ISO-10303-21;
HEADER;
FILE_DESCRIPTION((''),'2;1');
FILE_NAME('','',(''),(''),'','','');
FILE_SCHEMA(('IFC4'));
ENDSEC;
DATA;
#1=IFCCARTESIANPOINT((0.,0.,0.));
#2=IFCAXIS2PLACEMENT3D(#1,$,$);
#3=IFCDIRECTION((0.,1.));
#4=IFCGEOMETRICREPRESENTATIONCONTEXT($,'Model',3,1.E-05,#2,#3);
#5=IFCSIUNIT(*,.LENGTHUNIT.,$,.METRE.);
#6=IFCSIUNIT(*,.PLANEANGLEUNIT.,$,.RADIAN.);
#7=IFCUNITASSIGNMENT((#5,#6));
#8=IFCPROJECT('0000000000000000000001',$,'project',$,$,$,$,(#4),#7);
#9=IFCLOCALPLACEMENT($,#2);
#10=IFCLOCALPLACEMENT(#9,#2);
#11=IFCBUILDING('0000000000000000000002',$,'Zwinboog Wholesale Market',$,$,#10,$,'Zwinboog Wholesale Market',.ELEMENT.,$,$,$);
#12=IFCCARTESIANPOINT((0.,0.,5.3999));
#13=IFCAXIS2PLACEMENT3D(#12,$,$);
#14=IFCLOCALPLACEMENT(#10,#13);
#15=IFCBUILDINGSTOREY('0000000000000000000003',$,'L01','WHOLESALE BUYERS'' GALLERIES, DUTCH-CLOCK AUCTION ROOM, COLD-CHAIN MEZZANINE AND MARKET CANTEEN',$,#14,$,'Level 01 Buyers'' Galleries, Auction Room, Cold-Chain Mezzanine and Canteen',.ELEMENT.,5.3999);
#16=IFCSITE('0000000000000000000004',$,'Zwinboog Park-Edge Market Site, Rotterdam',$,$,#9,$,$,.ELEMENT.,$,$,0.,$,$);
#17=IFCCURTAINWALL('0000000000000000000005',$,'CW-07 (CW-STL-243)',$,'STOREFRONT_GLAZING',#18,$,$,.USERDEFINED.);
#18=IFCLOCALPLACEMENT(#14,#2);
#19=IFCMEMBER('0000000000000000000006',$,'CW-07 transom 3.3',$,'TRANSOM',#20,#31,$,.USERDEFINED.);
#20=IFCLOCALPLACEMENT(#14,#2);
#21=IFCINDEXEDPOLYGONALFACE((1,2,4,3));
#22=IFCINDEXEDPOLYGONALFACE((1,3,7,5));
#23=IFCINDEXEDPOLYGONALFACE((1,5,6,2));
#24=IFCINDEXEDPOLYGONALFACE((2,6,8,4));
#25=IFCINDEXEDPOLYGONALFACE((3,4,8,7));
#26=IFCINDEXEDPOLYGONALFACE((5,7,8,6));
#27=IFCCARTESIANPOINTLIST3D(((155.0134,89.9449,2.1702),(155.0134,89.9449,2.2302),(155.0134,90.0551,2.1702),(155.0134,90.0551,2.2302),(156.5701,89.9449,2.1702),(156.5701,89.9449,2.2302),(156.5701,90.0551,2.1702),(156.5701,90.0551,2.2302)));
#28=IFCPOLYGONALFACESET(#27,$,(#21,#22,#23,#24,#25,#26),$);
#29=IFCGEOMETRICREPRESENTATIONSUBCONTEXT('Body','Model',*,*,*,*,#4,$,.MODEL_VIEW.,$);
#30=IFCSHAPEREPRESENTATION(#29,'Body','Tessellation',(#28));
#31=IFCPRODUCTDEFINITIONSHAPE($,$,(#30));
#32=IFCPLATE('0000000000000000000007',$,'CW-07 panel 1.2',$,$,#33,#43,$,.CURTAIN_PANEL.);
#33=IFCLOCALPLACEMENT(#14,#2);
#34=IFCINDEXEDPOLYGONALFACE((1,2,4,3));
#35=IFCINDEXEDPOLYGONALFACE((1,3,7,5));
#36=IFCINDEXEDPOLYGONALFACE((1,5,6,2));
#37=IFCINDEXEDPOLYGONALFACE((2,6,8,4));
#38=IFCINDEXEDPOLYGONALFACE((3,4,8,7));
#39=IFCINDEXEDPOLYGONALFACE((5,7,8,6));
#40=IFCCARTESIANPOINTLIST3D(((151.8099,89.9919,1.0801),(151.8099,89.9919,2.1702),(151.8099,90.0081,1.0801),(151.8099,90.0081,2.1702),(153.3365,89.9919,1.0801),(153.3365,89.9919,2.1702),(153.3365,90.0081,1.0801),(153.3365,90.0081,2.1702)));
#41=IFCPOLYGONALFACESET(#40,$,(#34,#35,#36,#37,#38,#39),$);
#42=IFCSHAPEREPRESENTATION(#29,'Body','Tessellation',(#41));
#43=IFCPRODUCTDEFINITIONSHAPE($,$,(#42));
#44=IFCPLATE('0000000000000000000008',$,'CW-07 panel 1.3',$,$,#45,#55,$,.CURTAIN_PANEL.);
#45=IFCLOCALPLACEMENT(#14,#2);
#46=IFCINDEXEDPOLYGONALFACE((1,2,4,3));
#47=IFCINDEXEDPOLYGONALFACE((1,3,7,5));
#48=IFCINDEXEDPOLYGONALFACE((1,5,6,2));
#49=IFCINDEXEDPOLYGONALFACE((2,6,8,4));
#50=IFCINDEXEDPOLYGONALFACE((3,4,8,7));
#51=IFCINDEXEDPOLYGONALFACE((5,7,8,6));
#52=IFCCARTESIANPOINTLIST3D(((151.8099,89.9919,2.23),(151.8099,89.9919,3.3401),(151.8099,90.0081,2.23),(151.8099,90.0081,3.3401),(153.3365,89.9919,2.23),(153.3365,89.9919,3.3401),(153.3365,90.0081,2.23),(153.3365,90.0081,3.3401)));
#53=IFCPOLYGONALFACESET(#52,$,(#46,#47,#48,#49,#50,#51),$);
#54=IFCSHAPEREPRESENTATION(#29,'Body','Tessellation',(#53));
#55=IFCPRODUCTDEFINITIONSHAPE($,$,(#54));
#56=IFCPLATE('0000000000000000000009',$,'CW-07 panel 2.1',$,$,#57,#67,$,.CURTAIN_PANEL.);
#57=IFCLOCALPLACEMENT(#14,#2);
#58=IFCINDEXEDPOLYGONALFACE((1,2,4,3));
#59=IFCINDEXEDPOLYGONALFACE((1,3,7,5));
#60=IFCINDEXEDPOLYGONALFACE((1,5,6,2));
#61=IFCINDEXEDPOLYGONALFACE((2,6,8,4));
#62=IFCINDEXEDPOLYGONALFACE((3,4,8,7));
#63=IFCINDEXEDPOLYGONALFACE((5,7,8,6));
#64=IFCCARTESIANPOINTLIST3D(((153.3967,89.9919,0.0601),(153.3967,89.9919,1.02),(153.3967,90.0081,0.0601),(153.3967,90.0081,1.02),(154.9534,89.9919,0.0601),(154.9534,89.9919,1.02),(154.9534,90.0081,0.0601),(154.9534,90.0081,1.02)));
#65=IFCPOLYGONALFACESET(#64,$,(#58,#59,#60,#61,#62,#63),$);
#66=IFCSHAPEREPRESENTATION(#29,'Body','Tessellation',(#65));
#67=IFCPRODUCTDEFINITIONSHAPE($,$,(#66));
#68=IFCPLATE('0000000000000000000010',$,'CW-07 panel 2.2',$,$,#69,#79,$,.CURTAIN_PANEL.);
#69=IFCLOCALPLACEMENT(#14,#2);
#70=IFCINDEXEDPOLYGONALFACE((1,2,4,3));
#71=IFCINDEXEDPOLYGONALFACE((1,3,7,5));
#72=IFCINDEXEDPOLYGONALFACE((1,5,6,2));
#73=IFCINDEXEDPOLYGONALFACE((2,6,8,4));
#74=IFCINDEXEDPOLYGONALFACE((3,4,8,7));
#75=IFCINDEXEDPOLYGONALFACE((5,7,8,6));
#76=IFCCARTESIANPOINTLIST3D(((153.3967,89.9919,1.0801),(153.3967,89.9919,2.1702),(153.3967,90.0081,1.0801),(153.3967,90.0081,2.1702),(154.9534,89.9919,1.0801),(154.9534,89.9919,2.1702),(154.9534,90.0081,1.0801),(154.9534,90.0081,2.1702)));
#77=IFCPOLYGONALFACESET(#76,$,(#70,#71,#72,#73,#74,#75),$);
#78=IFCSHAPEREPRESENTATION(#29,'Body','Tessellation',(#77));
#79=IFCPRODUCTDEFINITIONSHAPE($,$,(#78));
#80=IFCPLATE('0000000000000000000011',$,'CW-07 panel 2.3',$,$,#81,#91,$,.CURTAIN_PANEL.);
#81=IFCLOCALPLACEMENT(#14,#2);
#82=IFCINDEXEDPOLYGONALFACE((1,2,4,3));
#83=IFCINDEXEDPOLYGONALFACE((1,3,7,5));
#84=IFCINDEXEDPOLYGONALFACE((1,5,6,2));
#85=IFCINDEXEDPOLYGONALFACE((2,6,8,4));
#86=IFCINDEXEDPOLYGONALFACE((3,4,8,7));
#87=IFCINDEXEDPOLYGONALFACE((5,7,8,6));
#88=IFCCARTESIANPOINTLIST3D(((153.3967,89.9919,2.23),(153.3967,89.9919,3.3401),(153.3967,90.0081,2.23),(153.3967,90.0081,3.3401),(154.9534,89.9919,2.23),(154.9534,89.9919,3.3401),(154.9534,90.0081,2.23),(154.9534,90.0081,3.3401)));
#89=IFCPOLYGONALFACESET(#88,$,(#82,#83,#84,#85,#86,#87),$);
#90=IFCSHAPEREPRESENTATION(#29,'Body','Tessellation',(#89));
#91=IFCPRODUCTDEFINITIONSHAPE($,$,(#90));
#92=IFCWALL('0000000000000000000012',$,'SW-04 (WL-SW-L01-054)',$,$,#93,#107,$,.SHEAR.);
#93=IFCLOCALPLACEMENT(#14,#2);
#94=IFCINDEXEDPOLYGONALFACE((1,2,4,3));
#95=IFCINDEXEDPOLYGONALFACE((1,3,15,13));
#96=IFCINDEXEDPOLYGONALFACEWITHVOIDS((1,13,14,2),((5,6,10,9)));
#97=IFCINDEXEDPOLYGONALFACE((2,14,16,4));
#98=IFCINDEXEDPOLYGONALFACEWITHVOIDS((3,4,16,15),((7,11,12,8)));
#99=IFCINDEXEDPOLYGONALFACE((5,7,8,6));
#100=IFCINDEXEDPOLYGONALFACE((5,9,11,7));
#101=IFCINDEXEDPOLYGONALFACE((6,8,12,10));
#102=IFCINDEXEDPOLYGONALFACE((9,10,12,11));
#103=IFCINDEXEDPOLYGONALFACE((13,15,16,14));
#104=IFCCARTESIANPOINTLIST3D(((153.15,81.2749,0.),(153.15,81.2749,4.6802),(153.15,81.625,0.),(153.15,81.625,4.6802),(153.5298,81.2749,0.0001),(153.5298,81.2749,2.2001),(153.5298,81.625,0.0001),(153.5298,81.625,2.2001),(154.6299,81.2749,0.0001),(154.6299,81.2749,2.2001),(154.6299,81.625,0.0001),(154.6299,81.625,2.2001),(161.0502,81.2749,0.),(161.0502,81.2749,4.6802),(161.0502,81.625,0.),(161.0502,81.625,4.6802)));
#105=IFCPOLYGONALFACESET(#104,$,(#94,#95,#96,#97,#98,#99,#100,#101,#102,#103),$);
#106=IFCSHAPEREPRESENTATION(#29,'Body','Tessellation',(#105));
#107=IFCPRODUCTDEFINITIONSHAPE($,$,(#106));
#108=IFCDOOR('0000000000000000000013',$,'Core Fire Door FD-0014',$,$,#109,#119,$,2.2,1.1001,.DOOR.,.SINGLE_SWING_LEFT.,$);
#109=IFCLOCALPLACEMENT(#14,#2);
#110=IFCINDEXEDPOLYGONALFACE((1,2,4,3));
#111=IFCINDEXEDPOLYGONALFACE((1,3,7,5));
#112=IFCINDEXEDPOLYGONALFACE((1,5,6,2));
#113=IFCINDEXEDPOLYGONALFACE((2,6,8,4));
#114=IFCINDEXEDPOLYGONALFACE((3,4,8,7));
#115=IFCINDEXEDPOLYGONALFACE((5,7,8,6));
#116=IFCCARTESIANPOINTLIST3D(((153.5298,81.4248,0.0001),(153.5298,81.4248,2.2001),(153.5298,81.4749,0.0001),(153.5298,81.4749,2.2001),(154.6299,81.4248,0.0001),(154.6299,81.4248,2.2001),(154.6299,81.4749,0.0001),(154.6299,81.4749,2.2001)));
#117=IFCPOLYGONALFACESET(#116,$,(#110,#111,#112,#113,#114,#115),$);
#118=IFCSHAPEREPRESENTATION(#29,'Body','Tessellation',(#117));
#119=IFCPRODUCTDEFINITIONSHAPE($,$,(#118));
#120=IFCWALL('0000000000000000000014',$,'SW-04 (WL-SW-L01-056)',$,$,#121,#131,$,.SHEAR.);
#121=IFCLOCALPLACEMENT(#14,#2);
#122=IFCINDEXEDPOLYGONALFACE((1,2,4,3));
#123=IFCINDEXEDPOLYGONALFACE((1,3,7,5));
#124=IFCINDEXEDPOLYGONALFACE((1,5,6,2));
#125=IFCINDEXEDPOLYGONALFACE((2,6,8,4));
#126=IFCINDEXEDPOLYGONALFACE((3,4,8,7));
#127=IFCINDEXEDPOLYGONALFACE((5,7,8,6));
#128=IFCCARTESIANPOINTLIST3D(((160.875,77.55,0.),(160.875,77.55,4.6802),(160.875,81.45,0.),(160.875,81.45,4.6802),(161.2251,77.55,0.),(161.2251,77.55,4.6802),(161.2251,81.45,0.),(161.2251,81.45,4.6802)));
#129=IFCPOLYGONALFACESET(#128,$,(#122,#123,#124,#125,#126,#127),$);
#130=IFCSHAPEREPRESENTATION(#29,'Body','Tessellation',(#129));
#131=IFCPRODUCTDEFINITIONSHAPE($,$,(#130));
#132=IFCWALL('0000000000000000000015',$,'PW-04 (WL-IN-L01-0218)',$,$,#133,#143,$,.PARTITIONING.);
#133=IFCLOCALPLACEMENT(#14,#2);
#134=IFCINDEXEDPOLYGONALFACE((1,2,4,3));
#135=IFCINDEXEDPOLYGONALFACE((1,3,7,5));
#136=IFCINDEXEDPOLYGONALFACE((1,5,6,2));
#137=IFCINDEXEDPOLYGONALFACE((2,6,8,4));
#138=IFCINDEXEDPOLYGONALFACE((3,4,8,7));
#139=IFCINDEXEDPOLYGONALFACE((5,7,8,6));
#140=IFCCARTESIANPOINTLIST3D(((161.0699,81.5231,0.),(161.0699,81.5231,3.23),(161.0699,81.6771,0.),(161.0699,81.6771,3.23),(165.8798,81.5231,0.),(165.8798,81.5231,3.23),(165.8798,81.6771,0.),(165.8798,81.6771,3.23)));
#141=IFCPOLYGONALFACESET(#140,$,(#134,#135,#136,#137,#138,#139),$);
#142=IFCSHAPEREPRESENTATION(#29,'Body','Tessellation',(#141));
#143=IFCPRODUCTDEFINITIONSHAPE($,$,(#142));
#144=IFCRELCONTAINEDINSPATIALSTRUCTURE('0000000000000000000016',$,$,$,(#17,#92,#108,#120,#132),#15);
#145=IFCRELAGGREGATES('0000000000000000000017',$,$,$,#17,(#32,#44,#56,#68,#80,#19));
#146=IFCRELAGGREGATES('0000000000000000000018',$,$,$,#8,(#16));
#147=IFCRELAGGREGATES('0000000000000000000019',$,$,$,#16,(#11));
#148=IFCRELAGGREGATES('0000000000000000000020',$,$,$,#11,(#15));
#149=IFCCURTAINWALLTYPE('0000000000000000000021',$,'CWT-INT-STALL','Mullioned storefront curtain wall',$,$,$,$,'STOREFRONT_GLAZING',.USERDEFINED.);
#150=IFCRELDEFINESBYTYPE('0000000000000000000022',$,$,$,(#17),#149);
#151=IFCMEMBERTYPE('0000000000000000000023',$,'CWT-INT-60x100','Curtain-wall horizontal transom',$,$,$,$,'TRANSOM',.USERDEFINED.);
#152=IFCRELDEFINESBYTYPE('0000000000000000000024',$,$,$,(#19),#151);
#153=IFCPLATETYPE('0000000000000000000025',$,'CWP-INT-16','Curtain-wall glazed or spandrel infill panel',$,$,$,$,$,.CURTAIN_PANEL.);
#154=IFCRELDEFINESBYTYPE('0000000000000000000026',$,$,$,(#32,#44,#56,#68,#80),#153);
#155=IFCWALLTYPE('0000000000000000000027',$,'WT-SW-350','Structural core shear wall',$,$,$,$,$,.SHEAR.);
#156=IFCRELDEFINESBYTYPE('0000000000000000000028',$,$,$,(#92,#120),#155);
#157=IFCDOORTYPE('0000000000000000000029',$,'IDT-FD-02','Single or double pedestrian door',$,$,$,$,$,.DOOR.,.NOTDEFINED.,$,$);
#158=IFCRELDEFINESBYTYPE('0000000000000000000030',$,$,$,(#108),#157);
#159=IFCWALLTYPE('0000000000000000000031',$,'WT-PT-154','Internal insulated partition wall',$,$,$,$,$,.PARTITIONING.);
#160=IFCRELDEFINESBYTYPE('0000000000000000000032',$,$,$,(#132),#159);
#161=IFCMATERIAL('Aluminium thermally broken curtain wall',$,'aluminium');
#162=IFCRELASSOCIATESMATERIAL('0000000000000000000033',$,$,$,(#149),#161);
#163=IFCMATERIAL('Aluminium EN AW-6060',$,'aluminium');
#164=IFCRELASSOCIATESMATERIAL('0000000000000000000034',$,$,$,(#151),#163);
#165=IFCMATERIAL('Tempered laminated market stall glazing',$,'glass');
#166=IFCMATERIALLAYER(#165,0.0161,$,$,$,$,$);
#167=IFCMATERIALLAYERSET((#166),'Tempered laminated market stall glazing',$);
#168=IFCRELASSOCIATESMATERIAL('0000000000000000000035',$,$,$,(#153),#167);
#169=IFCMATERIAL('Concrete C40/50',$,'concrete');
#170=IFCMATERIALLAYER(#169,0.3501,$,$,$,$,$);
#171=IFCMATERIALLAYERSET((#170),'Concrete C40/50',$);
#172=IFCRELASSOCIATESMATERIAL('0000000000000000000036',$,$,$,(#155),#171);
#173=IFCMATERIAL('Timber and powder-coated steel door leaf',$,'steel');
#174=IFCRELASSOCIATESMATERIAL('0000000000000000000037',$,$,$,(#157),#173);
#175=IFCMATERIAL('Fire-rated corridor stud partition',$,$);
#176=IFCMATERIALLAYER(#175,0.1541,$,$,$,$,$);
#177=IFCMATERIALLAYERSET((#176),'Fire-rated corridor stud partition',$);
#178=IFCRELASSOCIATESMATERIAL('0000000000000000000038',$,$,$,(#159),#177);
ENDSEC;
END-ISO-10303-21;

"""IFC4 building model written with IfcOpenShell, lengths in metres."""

from ifc_helpers import new_model, si_unit, direction, frame, frame_2d, origin, origin_2d, place, context, subcontext, project, spatial, rectangle, extrude, material, layer, layer_set, material_profile, profile_set, type_object, element, fill, aggregate, save


model = new_model("IFC4")

# Units and contexts
model_context = context("Model", 3, precision=1e-05, world=origin(), true_north=direction((0.0, 1.0)))
body_context = subcontext(model_context, "Body", "Model", "MODEL_VIEW")
ifc_project = project(units=[si_unit("LENGTHUNIT", "METRE"), si_unit("PLANEANGLEUNIT", "RADIAN")], contexts=[model_context])

# Site, building, storey
site_placement = place(None, origin())
site = spatial("IfcSite", under=ifc_project, at=site_placement, Name="Zwinboog Park-Edge Market Site, Rotterdam", CompositionType="ELEMENT", RefElevation=0.0)
building_placement = place(site_placement, origin())
building = spatial("IfcBuilding", under=site, at=building_placement, Name="Zwinboog Wholesale Market", LongName="Zwinboog Wholesale Market", CompositionType="ELEMENT")
storey_placement = place(building_placement, frame((0.0, 0.0, 5.3999)))
storey = spatial("IfcBuildingStorey", under=building, at=storey_placement, Name="L01", Description="WHOLESALE BUYERS' GALLERIES, DUTCH-CLOCK AUCTION ROOM, COLD-CHAIN MEZZANINE AND MARKET CANTEEN", LongName="Level 01 Buyers' Galleries, Auction Room, Cold-Chain Mezzanine and Canteen", CompositionType="ELEMENT", Elevation=5.3999)

# Curtain wall, member, plates
ifc_material_1 = material(Name="Aluminium thermally broken curtain wall", Category="aluminium")
curtain_wall_type = type_object("IfcCurtainWallType", Name="CWT-INT-STALL", Description="Mullioned storefront curtain wall", ElementType="STOREFRONT_GLAZING", PredefinedType="USERDEFINED", material=ifc_material_1)
curtain_wall_placement = place(storey_placement, origin())
curtain_wall = element("IfcCurtainWall", 1, at=curtain_wall_placement, inside=storey, type_object=curtain_wall_type, Name="CW-07 (CW-STL-243)", ObjectType="STOREFRONT_GLAZING", PredefinedType="USERDEFINED")
ifc_material_2 = material(Name="Aluminium EN AW-6060", Category="aluminium")
ifc_material_profile_1 = material_profile(ifc_material_2, rectangle(XDim=0.1101, YDim=0.0601, at=origin_2d()), Name="AL 60x110")
ifc_profile_set_1 = profile_set([ifc_material_profile_1], Name="Aluminium EN AW-6060")
member_type_1 = type_object("IfcMemberType", Name="CWT-INT-60x100", Description="Curtain-wall horizontal transom", ElementType="TRANSOM", PredefinedType="USERDEFINED", material=ifc_profile_set_1)
member_1_placement = place(storey_placement, frame((155.0134, 90.0, 2.2002), z_axis=(1.0, 0.0, 0.0), x_axis=(0.0, 1.0, 0.0)))
member_1 = element("IfcMember", 2, at=member_1_placement, type_object=member_type_1, Name="CW-07 transom 3.3", ObjectType="TRANSOM", PredefinedType="USERDEFINED", context=body_context, shape_type="SweptSolid", body=[
    extrude(rectangle(XDim=0.1101, YDim=0.0601, at=origin_2d()), origin(), (0.0, 0.0, 1.0), 1.5566),
])
ifc_material_3 = material(Name="Tempered laminated market stall glazing", Category="glass")
ifc_layer_1 = layer(ifc_material_3, 0.0161)
ifc_layer_set_1 = layer_set([ifc_layer_1], Name="Tempered laminated market stall glazing")
plate_type = type_object("IfcPlateType", Name="CWP-INT-16", Description="Curtain-wall glazed or spandrel infill panel", PredefinedType="CURTAIN_PANEL", material=ifc_layer_set_1)
plate_1_placement = place(storey_placement, frame((152.5732, 90.0, 1.0801), z_axis=(0.0, 0.0, 1.0), x_axis=(1.0, 0.0, 0.0)))
plate_1 = element("IfcPlate", 3, at=plate_1_placement, type_object=plate_type, Name="CW-07 panel 1.2", PredefinedType="CURTAIN_PANEL", context=body_context, shape_type="SweptSolid", body=[
    extrude(rectangle(XDim=1.5266, YDim=0.0161, at=origin_2d()), origin(), (0.0, 0.0, 1.0), 1.0901),
])
plate_2_placement = place(storey_placement, frame((152.5732, 90.0, 2.23), z_axis=(0.0, 0.0, 1.0), x_axis=(1.0, 0.0, 0.0)))
plate_2 = element("IfcPlate", 4, at=plate_2_placement, type_object=plate_type, Name="CW-07 panel 1.3", PredefinedType="CURTAIN_PANEL", context=body_context, shape_type="SweptSolid", body=[
    extrude(rectangle(XDim=1.5266, YDim=0.0161, at=origin_2d()), origin(), (0.0, 0.0, 1.0), 1.1101),
])
plate_3_placement = place(storey_placement, frame((154.175, 90.0, 0.0601), z_axis=(0.0, 0.0, 1.0), x_axis=(1.0, 0.0, 0.0)))
plate_3 = element("IfcPlate", 5, at=plate_3_placement, type_object=plate_type, Name="CW-07 panel 2.1", PredefinedType="CURTAIN_PANEL", context=body_context, shape_type="SweptSolid", body=[
    extrude(rectangle(XDim=1.5566, YDim=0.0161, at=origin_2d()), origin(), (0.0, 0.0, 1.0), 0.96),
])
plate_4_placement = place(storey_placement, frame((154.175, 90.0, 1.0801), z_axis=(0.0, 0.0, 1.0), x_axis=(1.0, 0.0, 0.0)))
plate_4 = element("IfcPlate", 6, at=plate_4_placement, type_object=plate_type, Name="CW-07 panel 2.2", PredefinedType="CURTAIN_PANEL", context=body_context, shape_type="SweptSolid", body=[
    extrude(rectangle(XDim=1.5566, YDim=0.0161, at=origin_2d()), origin(), (0.0, 0.0, 1.0), 1.0901),
])
plate_5_placement = place(storey_placement, frame((154.175, 90.0, 2.23), z_axis=(0.0, 0.0, 1.0), x_axis=(1.0, 0.0, 0.0)))
plate_5 = element("IfcPlate", 7, at=plate_5_placement, type_object=plate_type, Name="CW-07 panel 2.3", PredefinedType="CURTAIN_PANEL", context=body_context, shape_type="SweptSolid", body=[
    extrude(rectangle(XDim=1.5566, YDim=0.0161, at=origin_2d()), origin(), (0.0, 0.0, 1.0), 1.1101),
])
aggregate(curtain_wall, [plate_1, plate_2, plate_3, plate_4, plate_5, member_1])

# Wall, opening, door
ifc_material_4 = material(Name="Concrete C40/50", Category="concrete")
ifc_layer_2 = layer(ifc_material_4, 0.3501)
ifc_layer_set_2 = layer_set([ifc_layer_2], Name="Concrete C40/50")
wall_type_1 = type_object("IfcWallType", Name="WT-SW-350", Description="Structural core shear wall", PredefinedType="SHEAR", material=ifc_layer_set_2)
wall_1_placement = place(storey_placement, frame((153.1499, 81.45, 0.0), z_axis=(0.0, 0.0, 1.0), x_axis=(1.0, 0.0, 0.0)))
wall_1 = element("IfcWall", 8, at=wall_1_placement, inside=storey, type_object=wall_type_1, Name="SW-04 (WL-SW-L01-054)", PredefinedType="SHEAR", context=body_context, shape_type="SweptSolid", body=[
    extrude(rectangle(XDim=7.9001, YDim=0.3501, at=frame_2d((3.9502, 0.0))), origin(), (0.0, 0.0, 1.0), 4.6802),
])
opening_placement = place(wall_1_placement, frame((0.3799, 0.0, 0.0)))
opening = element("IfcOpeningElement", 9, at=opening_placement, cuts=wall_1, PredefinedType="OPENING", context=body_context, shape_type="SweptSolid", body=[
    extrude(rectangle(XDim=1.1001, YDim=2.2, at=frame_2d((0.55, 1.1001))), frame((0.0, 0.1851, 0.0), z_axis=(0.0, -1.0, 0.0), x_axis=(1.0, 0.0, 0.0)), (0.0, 0.0, 1.0), 0.3701),
])
ifc_material_5 = material(Name="Timber and powder-coated steel door leaf", Category="steel")
door_type = type_object("IfcDoorType", Name="IDT-FD-02", Description="Single or double pedestrian door", OperationType="NOTDEFINED", PredefinedType="DOOR", material=ifc_material_5)
door_placement = place(opening_placement, origin())
door = element("IfcDoor", 10, at=door_placement, inside=storey, type_object=door_type, Name="Core Fire Door FD-0014", OperationType="SINGLE_SWING_LEFT", OverallHeight=2.2, OverallWidth=1.1001, PredefinedType="DOOR", context=body_context, shape_type="SweptSolid", body=[
    extrude(rectangle(XDim=1.1001, YDim=2.2, at=frame_2d((0.55, 1.1001))), frame((0.0, 0.0249, 0.0), z_axis=(0.0, -1.0, 0.0), x_axis=(1.0, 0.0, 0.0)), (0.0, 0.0, 1.0), 0.05),
])
fill(opening, door)

# Walls
wall_2_placement = place(storey_placement, frame((161.05, 77.55, 0.0), z_axis=(0.0, 0.0, 1.0), x_axis=(0.0, 1.0, 0.0)))
element("IfcWall", 11, at=wall_2_placement, inside=storey, type_object=wall_type_1, Name="SW-04 (WL-SW-L01-056)", PredefinedType="SHEAR", context=body_context, shape_type="SweptSolid", body=[
    extrude(rectangle(XDim=3.8999, YDim=0.3501, at=frame_2d((1.95, 0.0))), origin(), (0.0, 0.0, 1.0), 4.6802),
])
ifc_material_6 = material(Name="Fire-rated corridor stud partition")
ifc_layer_3 = layer(ifc_material_6, 0.1541)
ifc_layer_set_3 = layer_set([ifc_layer_3], Name="Fire-rated corridor stud partition")
wall_type_2 = type_object("IfcWallType", Name="WT-PT-154", Description="Internal insulated partition wall", PredefinedType="PARTITIONING", material=ifc_layer_set_3)
wall_3_placement = place(storey_placement, frame((161.0701, 81.6001, 0.0), z_axis=(0.0, 0.0, 1.0), x_axis=(1.0, 0.0, 0.0)))
element("IfcWall", 12, at=wall_3_placement, inside=storey, type_object=wall_type_2, Name="PW-04 (WL-IN-L01-0218)", PredefinedType="PARTITIONING", context=body_context, shape_type="SweptSolid", body=[
    extrude(rectangle(XDim=4.8098, YDim=0.1541, at=frame_2d((2.4048, 0.0))), origin(), (0.0, 0.0, 1.0), 3.23),
])

save(model, "model.ifc")
